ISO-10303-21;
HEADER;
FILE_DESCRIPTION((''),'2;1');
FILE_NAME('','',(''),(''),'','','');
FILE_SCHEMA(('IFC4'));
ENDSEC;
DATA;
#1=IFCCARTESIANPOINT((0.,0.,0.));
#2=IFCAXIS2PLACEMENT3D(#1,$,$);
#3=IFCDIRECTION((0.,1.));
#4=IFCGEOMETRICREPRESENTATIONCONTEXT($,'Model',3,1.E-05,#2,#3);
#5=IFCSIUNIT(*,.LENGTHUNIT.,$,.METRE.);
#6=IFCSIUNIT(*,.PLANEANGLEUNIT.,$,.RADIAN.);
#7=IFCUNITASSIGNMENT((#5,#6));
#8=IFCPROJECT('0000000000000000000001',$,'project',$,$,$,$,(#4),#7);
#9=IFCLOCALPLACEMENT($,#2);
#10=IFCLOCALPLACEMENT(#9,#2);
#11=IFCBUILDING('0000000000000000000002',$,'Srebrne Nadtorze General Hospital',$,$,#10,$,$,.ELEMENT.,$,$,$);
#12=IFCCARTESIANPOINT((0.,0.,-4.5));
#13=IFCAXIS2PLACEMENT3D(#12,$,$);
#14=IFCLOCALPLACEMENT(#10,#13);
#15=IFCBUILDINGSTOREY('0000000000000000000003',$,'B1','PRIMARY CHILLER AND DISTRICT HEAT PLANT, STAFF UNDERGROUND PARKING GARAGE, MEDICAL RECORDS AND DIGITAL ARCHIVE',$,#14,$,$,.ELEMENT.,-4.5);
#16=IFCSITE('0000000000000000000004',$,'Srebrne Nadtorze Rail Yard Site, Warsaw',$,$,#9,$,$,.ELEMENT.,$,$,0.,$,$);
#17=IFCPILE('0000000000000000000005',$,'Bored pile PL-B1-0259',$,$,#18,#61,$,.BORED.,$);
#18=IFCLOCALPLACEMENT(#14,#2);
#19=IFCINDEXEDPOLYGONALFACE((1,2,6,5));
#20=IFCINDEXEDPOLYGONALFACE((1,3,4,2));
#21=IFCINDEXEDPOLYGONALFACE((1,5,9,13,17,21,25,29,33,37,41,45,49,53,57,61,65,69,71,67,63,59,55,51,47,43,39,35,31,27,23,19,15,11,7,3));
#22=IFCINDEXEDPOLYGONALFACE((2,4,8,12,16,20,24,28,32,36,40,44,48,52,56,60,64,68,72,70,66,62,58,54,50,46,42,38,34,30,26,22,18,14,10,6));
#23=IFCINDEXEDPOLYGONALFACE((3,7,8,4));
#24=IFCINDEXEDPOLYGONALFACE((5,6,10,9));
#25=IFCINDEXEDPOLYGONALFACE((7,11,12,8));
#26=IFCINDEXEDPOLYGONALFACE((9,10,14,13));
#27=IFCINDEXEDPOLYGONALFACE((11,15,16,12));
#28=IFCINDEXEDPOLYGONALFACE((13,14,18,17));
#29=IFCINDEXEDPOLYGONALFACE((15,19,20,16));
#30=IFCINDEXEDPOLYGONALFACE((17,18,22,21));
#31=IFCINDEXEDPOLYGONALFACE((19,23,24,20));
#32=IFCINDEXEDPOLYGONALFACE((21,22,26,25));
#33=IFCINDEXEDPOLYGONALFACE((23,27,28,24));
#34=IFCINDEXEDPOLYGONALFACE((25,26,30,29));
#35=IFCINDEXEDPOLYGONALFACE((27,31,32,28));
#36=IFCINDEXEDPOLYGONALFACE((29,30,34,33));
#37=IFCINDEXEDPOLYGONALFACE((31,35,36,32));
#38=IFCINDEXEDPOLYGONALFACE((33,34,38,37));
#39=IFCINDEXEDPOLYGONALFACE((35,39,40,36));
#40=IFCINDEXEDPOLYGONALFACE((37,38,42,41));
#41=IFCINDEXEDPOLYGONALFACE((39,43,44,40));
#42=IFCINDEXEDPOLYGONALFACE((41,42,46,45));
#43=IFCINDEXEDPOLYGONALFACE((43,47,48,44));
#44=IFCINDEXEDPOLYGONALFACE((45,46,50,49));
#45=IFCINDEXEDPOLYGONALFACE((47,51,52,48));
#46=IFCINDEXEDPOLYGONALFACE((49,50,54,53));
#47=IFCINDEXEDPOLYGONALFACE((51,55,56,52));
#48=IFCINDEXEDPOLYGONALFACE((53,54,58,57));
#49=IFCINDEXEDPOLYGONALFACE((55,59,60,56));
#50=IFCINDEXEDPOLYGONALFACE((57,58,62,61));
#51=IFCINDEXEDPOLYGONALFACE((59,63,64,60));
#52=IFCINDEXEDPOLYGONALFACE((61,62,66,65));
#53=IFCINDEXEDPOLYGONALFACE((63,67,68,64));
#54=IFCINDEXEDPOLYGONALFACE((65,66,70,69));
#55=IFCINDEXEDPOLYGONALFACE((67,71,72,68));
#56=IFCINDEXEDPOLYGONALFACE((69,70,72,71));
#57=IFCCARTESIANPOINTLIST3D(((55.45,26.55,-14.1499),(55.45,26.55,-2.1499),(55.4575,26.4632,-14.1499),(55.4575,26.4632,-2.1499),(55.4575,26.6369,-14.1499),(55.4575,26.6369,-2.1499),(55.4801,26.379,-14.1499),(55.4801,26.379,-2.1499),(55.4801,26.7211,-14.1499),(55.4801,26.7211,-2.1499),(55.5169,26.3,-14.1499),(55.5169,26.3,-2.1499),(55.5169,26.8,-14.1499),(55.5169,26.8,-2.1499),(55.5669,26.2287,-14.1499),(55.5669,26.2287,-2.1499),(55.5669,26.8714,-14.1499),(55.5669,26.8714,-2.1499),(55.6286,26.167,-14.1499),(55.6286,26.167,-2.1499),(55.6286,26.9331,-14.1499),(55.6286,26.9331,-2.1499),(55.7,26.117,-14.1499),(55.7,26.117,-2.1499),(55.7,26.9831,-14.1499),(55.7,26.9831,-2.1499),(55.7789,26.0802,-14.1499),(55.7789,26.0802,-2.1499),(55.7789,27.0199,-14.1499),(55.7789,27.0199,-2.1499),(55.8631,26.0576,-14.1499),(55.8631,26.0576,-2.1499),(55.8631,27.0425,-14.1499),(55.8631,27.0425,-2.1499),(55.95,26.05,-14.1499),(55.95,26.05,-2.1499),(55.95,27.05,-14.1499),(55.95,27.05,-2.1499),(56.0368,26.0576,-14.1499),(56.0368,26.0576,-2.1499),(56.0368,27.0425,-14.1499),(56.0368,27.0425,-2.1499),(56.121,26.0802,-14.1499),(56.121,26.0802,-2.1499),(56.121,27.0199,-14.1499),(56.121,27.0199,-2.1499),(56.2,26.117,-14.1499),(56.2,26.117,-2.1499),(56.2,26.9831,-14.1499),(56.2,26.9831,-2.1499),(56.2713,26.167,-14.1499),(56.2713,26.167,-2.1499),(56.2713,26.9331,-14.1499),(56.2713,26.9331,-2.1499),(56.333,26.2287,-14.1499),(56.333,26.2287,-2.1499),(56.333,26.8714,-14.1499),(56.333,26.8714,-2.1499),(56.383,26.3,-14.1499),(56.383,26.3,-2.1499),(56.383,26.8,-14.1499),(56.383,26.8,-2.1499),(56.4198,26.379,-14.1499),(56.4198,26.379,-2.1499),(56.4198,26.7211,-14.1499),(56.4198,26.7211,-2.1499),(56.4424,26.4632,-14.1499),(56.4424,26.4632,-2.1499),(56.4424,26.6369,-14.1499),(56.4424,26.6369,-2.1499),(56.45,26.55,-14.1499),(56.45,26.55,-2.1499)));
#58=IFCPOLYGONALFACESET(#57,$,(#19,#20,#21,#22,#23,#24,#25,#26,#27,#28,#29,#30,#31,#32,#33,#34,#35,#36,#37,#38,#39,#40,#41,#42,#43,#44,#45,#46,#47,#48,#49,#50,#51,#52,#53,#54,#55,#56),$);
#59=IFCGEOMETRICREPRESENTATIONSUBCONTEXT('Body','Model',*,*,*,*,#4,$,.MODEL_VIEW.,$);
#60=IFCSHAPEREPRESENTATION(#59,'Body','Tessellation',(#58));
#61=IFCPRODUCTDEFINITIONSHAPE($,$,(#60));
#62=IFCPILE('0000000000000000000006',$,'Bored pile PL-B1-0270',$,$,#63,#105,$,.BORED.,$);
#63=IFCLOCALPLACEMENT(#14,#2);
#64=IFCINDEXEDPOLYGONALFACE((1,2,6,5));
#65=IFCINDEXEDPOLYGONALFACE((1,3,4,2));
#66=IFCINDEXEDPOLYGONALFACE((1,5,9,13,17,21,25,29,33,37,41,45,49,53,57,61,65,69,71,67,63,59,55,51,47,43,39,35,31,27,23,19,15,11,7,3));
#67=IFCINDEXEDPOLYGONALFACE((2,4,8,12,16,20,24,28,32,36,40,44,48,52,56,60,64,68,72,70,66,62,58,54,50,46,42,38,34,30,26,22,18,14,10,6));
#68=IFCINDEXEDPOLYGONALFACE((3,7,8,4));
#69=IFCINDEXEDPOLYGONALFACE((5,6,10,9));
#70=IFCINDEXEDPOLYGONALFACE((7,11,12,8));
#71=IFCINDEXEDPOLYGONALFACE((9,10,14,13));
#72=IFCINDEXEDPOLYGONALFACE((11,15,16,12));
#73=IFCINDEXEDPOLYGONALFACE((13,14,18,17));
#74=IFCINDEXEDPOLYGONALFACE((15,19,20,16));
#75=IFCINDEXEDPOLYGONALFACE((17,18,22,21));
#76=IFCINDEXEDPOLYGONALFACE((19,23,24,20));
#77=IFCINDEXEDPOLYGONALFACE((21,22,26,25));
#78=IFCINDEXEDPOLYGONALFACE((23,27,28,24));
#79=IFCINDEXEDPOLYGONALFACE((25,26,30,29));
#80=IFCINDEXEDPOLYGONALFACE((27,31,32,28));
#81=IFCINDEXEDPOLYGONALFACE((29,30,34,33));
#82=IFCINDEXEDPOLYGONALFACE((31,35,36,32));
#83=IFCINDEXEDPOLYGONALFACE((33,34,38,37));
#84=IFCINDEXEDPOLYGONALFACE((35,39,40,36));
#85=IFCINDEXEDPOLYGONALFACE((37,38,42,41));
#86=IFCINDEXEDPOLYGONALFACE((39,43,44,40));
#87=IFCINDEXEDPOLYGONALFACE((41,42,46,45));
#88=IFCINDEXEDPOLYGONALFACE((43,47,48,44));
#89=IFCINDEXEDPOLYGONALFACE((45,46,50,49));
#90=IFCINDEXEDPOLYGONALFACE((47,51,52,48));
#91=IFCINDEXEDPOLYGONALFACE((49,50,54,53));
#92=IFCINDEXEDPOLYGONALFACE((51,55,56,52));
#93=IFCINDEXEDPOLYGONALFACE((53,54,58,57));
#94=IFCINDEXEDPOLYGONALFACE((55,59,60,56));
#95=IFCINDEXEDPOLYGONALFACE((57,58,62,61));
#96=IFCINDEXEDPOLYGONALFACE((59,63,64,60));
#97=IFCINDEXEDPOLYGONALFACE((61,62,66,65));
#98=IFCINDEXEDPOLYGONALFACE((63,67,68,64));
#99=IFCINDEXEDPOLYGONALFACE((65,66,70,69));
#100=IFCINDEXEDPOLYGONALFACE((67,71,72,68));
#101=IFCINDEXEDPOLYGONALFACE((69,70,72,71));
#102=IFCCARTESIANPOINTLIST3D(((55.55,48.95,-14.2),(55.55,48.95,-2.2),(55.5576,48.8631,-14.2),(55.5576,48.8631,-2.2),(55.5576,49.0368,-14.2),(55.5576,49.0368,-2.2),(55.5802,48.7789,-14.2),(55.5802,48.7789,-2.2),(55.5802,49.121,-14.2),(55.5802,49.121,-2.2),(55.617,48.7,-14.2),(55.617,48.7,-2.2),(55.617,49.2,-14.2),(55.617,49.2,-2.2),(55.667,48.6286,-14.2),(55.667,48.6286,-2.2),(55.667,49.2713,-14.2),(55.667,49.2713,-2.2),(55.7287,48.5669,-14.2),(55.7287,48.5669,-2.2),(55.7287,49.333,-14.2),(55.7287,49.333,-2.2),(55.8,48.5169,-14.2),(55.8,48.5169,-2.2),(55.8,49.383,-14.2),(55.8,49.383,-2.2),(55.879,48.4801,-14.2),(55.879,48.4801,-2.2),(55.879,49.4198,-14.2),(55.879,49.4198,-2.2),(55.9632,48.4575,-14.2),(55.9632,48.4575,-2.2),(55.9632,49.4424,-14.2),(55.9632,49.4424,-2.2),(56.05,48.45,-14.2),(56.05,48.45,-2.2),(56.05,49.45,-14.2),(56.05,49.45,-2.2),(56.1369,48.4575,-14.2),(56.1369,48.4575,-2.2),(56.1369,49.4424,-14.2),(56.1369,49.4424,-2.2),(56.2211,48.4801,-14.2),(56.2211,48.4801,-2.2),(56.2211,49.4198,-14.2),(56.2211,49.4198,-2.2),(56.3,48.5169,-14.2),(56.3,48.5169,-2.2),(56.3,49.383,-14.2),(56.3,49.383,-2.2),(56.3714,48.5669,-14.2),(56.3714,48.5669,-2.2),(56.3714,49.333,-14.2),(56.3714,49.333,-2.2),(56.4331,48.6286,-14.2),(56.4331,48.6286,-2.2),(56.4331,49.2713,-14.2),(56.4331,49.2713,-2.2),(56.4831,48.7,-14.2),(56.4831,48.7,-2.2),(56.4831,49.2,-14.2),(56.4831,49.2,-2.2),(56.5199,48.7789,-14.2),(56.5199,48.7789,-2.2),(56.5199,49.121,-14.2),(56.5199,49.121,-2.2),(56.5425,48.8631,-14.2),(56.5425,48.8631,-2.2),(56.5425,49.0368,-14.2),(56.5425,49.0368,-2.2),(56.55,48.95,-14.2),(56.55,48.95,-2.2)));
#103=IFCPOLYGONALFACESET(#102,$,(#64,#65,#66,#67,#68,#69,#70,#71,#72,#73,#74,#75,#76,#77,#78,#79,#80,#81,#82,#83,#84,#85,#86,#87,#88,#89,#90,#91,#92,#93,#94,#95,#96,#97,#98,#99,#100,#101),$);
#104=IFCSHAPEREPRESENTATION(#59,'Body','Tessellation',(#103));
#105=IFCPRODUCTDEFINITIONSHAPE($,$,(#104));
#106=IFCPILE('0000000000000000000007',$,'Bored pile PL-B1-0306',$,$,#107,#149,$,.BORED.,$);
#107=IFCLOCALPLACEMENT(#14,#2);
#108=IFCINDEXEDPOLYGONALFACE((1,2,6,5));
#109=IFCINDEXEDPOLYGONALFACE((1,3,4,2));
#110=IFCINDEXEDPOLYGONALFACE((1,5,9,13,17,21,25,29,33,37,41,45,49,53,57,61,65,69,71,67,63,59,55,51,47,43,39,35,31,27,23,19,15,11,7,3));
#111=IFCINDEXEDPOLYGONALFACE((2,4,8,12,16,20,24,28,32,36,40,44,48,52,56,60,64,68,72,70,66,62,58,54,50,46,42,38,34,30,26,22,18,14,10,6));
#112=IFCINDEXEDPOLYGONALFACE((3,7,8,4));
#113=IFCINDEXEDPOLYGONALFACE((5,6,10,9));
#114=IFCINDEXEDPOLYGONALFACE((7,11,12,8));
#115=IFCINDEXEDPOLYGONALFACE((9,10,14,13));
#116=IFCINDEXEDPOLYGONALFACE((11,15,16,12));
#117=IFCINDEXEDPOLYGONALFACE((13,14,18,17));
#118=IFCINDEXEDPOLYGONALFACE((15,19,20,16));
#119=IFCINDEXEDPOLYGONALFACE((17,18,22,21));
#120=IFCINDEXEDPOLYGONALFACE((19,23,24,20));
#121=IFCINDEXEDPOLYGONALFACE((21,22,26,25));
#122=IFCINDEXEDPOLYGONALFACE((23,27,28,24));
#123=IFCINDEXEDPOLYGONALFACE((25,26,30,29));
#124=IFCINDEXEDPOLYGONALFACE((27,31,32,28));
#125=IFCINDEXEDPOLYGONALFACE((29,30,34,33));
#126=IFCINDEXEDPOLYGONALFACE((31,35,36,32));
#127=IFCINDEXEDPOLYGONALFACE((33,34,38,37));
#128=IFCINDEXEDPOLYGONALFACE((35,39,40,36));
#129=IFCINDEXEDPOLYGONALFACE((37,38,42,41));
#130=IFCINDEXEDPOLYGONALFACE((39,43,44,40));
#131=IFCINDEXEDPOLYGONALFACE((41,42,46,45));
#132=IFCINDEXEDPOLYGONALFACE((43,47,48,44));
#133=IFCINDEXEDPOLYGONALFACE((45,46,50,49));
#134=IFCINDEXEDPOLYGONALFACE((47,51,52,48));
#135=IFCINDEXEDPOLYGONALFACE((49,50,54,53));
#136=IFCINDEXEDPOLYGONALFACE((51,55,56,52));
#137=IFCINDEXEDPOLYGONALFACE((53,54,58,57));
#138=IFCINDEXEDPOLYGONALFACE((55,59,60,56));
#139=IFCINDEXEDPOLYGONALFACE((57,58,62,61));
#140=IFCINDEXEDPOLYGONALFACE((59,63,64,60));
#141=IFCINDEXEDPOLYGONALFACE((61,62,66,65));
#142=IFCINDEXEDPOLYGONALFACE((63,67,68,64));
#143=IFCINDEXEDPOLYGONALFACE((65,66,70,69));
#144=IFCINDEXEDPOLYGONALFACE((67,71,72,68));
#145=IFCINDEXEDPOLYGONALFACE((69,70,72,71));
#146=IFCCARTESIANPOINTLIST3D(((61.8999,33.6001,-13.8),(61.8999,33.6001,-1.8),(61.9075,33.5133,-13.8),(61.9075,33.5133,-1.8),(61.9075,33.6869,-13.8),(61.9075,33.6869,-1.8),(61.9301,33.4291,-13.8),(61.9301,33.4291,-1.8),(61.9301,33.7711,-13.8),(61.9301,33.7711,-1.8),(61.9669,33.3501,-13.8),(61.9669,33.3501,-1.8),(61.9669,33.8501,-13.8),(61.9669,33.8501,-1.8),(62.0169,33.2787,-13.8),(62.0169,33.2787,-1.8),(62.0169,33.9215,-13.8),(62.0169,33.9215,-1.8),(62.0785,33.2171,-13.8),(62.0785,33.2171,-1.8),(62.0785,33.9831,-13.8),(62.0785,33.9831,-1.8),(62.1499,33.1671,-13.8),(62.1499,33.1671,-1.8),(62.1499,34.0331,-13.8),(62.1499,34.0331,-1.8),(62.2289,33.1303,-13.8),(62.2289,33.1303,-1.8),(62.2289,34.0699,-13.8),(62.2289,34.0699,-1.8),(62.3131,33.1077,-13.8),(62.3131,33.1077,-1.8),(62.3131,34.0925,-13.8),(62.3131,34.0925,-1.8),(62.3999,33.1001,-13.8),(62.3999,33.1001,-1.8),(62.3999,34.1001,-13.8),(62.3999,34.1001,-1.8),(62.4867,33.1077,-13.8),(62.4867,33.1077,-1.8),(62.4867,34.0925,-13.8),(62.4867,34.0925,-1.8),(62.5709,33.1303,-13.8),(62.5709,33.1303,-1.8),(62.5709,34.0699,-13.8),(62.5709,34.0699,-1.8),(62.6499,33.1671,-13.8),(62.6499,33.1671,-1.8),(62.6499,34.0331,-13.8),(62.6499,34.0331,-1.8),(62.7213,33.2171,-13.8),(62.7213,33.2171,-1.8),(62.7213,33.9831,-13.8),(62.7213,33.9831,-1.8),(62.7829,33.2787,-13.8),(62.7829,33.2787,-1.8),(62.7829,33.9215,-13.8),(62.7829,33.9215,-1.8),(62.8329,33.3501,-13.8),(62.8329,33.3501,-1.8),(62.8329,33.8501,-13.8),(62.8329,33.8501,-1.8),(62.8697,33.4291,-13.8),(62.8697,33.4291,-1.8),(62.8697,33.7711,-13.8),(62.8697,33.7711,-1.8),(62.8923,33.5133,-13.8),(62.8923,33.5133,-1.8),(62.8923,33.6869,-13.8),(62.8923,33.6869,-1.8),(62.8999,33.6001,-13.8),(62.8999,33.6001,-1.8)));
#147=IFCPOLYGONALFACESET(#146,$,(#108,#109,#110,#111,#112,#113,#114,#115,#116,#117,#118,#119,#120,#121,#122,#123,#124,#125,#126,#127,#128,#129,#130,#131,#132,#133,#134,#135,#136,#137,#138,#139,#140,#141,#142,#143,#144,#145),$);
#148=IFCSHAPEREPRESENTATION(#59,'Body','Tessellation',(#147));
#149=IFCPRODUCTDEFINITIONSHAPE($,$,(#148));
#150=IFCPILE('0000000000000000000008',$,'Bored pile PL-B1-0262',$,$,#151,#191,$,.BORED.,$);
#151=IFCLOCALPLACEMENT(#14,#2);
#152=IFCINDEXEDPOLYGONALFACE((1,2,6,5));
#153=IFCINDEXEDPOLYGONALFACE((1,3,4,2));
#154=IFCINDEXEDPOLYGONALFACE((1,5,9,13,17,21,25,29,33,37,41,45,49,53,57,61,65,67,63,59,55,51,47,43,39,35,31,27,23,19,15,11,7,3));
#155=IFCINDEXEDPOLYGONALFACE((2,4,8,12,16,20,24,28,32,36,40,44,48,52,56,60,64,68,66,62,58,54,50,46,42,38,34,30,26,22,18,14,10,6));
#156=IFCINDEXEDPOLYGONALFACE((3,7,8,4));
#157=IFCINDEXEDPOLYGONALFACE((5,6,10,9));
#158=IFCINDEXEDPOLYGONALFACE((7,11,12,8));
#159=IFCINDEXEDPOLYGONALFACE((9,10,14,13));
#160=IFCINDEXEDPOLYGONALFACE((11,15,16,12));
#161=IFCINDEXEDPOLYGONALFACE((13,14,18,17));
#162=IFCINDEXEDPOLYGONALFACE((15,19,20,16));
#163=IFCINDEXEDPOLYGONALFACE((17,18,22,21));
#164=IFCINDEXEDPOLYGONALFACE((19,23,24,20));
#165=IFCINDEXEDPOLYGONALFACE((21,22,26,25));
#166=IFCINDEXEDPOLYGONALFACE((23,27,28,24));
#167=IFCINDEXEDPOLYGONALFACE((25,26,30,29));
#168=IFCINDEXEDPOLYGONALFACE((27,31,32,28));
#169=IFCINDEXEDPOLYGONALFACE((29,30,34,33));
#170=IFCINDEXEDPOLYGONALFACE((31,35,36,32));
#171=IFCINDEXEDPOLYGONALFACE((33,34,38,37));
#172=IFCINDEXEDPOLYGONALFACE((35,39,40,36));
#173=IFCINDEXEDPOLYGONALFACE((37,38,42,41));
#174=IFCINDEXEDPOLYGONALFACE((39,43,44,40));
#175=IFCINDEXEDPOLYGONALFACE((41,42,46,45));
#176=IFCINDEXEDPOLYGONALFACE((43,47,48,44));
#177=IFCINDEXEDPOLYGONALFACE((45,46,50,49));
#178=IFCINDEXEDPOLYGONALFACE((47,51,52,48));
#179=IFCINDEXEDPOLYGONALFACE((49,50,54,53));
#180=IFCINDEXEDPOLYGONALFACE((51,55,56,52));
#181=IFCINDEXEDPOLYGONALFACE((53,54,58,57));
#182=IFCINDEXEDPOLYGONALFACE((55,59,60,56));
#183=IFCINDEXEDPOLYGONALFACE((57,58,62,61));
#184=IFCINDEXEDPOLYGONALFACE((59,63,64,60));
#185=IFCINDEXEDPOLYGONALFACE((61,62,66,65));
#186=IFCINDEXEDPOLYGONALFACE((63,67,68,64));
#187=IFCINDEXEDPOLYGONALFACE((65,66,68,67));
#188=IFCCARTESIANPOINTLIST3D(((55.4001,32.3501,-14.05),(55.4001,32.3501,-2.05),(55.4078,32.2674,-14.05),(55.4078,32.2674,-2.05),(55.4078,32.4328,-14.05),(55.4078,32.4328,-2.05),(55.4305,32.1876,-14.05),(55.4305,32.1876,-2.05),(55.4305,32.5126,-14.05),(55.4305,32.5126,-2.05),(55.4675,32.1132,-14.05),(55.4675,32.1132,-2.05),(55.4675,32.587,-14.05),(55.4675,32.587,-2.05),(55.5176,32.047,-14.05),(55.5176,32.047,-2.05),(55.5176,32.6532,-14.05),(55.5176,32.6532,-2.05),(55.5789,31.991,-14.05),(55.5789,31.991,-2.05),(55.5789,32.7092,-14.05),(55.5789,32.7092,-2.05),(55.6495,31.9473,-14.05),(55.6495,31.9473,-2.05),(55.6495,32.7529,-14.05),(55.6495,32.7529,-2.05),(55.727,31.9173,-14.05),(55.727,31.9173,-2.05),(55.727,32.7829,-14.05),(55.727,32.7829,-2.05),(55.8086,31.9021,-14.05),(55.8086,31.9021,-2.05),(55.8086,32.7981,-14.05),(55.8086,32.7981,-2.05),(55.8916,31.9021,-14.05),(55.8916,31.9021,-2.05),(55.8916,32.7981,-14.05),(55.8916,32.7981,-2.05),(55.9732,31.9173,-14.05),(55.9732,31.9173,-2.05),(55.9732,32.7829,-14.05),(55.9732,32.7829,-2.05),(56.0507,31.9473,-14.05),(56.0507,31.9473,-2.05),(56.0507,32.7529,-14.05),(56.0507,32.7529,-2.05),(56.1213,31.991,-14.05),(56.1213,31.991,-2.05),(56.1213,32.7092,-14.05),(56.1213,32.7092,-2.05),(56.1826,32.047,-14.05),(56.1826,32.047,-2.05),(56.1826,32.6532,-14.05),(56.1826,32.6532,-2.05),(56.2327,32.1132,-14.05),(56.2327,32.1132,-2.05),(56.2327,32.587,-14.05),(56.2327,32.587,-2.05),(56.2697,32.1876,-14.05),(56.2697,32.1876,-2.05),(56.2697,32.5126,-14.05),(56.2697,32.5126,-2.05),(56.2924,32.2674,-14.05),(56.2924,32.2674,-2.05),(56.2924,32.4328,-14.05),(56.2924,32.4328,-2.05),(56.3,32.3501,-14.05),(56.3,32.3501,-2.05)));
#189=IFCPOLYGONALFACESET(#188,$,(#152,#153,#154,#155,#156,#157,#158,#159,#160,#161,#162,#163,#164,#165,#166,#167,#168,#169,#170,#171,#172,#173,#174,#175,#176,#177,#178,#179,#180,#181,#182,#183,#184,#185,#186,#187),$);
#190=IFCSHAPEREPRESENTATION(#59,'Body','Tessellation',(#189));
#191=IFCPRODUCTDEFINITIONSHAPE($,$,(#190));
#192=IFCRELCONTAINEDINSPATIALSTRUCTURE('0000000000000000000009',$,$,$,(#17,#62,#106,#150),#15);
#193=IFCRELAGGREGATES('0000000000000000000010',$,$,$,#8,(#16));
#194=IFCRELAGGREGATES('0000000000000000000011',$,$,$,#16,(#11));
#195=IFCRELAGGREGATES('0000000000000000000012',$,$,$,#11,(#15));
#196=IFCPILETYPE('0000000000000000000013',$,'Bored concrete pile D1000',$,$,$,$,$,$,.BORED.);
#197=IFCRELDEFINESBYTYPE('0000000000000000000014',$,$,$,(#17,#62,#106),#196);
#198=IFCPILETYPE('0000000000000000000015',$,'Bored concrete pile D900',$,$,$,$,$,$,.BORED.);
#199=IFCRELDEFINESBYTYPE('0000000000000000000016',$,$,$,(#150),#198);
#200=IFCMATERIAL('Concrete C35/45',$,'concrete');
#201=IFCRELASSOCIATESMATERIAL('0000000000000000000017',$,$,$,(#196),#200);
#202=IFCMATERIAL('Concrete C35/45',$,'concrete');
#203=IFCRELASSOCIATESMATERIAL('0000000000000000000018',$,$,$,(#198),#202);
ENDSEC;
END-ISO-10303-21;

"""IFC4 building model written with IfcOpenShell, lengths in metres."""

from ifc_helpers import new_model, si_unit, direction, frame, origin, origin_2d, place, context, subcontext, project, spatial, circle, extrude, material, material_profile, profile_set, type_object, element, save


model = new_model("IFC4")

# Units and contexts
model_context = context("Model", 3, precision=1e-05, world=origin(), true_north=direction((0.0, 1.0)))
body_context = subcontext(model_context, "Body", "Model", "MODEL_VIEW")
ifc_project = project(units=[si_unit("LENGTHUNIT", "METRE"), si_unit("PLANEANGLEUNIT", "RADIAN")], contexts=[model_context])

# Site, building, storey
site_placement = place(None, origin())
site = spatial("IfcSite", under=ifc_project, at=site_placement, Name="Srebrne Nadtorze Rail Yard Site, Warsaw", CompositionType="ELEMENT", RefElevation=0.0)
building_placement = place(site_placement, origin())
building = spatial("IfcBuilding", under=site, at=building_placement, Name="Srebrne Nadtorze General Hospital", CompositionType="ELEMENT")
storey_placement = place(building_placement, frame((0.0, 0.0, -4.5)))
storey = spatial("IfcBuildingStorey", under=building, at=storey_placement, Name="B1", Description="PRIMARY CHILLER AND DISTRICT HEAT PLANT, STAFF UNDERGROUND PARKING GARAGE, MEDICAL RECORDS AND DIGITAL ARCHIVE", CompositionType="ELEMENT", Elevation=-4.5)

# Piles
ifc_material_1 = material(Name="Concrete C35/45", Category="concrete")
ifc_material_profile_1 = material_profile(ifc_material_1, circle(Radius=0.5, at=origin_2d()), Name="PILE-D1000")
ifc_profile_set_1 = profile_set([ifc_material_profile_1], Name="Concrete C35/45")
pile_type_1 = type_object("IfcPileType", Name="Bored concrete pile D1000", PredefinedType="BORED", material=ifc_profile_set_1)
for number, where, z_axis, x_axis, name in (
    (1, (55.95, 26.55, -2.1499), (0.0, 0.0, -1.0), (1.0, 0.0, 0.0), "Bored pile PL-B1-0259"),
    (2, (56.05, 48.95, -2.2), (0.0, 0.0, -1.0), (1.0, 0.0, 0.0), "Bored pile PL-B1-0270"),
    (3, (62.3999, 33.6001, -1.8), (0.0, 0.0, -1.0), (1.0, 0.0, 0.0), "Bored pile PL-B1-0306"),
):
    element("IfcPile", number, at=place(storey_placement, frame(where, z_axis=z_axis, x_axis=x_axis)), inside=storey, type_object=pile_type_1, Name=name, PredefinedType="BORED", context=body_context, shape_type="SweptSolid", body=[
        extrude(circle(Radius=0.5, at=origin_2d()), origin(), (0.0, 0.0, 1.0), 12.0),
    ])
ifc_material_2 = material(Name="Concrete C35/45", Category="concrete")
ifc_material_profile_2 = material_profile(ifc_material_2, circle(Radius=0.45, at=origin_2d()), Name="PILE-D900")
ifc_profile_set_2 = profile_set([ifc_material_profile_2], Name="Concrete C35/45")
pile_type_2 = type_object("IfcPileType", Name="Bored concrete pile D900", PredefinedType="BORED", material=ifc_profile_set_2)
for number, where, z_axis, x_axis, name in (
    (4, (55.8501, 32.3501, -2.05), (0.0, 0.0, -1.0), (1.0, 0.0, 0.0), "Bored pile PL-B1-0262"),
):
    element("IfcPile", number, at=place(storey_placement, frame(where, z_axis=z_axis, x_axis=x_axis)), inside=storey, type_object=pile_type_2, Name=name, PredefinedType="BORED", context=body_context, shape_type="SweptSolid", body=[
        extrude(circle(Radius=0.45, at=origin_2d()), origin(), (0.0, 0.0, 1.0), 12.0),
    ])

save(model, "model.ifc")
